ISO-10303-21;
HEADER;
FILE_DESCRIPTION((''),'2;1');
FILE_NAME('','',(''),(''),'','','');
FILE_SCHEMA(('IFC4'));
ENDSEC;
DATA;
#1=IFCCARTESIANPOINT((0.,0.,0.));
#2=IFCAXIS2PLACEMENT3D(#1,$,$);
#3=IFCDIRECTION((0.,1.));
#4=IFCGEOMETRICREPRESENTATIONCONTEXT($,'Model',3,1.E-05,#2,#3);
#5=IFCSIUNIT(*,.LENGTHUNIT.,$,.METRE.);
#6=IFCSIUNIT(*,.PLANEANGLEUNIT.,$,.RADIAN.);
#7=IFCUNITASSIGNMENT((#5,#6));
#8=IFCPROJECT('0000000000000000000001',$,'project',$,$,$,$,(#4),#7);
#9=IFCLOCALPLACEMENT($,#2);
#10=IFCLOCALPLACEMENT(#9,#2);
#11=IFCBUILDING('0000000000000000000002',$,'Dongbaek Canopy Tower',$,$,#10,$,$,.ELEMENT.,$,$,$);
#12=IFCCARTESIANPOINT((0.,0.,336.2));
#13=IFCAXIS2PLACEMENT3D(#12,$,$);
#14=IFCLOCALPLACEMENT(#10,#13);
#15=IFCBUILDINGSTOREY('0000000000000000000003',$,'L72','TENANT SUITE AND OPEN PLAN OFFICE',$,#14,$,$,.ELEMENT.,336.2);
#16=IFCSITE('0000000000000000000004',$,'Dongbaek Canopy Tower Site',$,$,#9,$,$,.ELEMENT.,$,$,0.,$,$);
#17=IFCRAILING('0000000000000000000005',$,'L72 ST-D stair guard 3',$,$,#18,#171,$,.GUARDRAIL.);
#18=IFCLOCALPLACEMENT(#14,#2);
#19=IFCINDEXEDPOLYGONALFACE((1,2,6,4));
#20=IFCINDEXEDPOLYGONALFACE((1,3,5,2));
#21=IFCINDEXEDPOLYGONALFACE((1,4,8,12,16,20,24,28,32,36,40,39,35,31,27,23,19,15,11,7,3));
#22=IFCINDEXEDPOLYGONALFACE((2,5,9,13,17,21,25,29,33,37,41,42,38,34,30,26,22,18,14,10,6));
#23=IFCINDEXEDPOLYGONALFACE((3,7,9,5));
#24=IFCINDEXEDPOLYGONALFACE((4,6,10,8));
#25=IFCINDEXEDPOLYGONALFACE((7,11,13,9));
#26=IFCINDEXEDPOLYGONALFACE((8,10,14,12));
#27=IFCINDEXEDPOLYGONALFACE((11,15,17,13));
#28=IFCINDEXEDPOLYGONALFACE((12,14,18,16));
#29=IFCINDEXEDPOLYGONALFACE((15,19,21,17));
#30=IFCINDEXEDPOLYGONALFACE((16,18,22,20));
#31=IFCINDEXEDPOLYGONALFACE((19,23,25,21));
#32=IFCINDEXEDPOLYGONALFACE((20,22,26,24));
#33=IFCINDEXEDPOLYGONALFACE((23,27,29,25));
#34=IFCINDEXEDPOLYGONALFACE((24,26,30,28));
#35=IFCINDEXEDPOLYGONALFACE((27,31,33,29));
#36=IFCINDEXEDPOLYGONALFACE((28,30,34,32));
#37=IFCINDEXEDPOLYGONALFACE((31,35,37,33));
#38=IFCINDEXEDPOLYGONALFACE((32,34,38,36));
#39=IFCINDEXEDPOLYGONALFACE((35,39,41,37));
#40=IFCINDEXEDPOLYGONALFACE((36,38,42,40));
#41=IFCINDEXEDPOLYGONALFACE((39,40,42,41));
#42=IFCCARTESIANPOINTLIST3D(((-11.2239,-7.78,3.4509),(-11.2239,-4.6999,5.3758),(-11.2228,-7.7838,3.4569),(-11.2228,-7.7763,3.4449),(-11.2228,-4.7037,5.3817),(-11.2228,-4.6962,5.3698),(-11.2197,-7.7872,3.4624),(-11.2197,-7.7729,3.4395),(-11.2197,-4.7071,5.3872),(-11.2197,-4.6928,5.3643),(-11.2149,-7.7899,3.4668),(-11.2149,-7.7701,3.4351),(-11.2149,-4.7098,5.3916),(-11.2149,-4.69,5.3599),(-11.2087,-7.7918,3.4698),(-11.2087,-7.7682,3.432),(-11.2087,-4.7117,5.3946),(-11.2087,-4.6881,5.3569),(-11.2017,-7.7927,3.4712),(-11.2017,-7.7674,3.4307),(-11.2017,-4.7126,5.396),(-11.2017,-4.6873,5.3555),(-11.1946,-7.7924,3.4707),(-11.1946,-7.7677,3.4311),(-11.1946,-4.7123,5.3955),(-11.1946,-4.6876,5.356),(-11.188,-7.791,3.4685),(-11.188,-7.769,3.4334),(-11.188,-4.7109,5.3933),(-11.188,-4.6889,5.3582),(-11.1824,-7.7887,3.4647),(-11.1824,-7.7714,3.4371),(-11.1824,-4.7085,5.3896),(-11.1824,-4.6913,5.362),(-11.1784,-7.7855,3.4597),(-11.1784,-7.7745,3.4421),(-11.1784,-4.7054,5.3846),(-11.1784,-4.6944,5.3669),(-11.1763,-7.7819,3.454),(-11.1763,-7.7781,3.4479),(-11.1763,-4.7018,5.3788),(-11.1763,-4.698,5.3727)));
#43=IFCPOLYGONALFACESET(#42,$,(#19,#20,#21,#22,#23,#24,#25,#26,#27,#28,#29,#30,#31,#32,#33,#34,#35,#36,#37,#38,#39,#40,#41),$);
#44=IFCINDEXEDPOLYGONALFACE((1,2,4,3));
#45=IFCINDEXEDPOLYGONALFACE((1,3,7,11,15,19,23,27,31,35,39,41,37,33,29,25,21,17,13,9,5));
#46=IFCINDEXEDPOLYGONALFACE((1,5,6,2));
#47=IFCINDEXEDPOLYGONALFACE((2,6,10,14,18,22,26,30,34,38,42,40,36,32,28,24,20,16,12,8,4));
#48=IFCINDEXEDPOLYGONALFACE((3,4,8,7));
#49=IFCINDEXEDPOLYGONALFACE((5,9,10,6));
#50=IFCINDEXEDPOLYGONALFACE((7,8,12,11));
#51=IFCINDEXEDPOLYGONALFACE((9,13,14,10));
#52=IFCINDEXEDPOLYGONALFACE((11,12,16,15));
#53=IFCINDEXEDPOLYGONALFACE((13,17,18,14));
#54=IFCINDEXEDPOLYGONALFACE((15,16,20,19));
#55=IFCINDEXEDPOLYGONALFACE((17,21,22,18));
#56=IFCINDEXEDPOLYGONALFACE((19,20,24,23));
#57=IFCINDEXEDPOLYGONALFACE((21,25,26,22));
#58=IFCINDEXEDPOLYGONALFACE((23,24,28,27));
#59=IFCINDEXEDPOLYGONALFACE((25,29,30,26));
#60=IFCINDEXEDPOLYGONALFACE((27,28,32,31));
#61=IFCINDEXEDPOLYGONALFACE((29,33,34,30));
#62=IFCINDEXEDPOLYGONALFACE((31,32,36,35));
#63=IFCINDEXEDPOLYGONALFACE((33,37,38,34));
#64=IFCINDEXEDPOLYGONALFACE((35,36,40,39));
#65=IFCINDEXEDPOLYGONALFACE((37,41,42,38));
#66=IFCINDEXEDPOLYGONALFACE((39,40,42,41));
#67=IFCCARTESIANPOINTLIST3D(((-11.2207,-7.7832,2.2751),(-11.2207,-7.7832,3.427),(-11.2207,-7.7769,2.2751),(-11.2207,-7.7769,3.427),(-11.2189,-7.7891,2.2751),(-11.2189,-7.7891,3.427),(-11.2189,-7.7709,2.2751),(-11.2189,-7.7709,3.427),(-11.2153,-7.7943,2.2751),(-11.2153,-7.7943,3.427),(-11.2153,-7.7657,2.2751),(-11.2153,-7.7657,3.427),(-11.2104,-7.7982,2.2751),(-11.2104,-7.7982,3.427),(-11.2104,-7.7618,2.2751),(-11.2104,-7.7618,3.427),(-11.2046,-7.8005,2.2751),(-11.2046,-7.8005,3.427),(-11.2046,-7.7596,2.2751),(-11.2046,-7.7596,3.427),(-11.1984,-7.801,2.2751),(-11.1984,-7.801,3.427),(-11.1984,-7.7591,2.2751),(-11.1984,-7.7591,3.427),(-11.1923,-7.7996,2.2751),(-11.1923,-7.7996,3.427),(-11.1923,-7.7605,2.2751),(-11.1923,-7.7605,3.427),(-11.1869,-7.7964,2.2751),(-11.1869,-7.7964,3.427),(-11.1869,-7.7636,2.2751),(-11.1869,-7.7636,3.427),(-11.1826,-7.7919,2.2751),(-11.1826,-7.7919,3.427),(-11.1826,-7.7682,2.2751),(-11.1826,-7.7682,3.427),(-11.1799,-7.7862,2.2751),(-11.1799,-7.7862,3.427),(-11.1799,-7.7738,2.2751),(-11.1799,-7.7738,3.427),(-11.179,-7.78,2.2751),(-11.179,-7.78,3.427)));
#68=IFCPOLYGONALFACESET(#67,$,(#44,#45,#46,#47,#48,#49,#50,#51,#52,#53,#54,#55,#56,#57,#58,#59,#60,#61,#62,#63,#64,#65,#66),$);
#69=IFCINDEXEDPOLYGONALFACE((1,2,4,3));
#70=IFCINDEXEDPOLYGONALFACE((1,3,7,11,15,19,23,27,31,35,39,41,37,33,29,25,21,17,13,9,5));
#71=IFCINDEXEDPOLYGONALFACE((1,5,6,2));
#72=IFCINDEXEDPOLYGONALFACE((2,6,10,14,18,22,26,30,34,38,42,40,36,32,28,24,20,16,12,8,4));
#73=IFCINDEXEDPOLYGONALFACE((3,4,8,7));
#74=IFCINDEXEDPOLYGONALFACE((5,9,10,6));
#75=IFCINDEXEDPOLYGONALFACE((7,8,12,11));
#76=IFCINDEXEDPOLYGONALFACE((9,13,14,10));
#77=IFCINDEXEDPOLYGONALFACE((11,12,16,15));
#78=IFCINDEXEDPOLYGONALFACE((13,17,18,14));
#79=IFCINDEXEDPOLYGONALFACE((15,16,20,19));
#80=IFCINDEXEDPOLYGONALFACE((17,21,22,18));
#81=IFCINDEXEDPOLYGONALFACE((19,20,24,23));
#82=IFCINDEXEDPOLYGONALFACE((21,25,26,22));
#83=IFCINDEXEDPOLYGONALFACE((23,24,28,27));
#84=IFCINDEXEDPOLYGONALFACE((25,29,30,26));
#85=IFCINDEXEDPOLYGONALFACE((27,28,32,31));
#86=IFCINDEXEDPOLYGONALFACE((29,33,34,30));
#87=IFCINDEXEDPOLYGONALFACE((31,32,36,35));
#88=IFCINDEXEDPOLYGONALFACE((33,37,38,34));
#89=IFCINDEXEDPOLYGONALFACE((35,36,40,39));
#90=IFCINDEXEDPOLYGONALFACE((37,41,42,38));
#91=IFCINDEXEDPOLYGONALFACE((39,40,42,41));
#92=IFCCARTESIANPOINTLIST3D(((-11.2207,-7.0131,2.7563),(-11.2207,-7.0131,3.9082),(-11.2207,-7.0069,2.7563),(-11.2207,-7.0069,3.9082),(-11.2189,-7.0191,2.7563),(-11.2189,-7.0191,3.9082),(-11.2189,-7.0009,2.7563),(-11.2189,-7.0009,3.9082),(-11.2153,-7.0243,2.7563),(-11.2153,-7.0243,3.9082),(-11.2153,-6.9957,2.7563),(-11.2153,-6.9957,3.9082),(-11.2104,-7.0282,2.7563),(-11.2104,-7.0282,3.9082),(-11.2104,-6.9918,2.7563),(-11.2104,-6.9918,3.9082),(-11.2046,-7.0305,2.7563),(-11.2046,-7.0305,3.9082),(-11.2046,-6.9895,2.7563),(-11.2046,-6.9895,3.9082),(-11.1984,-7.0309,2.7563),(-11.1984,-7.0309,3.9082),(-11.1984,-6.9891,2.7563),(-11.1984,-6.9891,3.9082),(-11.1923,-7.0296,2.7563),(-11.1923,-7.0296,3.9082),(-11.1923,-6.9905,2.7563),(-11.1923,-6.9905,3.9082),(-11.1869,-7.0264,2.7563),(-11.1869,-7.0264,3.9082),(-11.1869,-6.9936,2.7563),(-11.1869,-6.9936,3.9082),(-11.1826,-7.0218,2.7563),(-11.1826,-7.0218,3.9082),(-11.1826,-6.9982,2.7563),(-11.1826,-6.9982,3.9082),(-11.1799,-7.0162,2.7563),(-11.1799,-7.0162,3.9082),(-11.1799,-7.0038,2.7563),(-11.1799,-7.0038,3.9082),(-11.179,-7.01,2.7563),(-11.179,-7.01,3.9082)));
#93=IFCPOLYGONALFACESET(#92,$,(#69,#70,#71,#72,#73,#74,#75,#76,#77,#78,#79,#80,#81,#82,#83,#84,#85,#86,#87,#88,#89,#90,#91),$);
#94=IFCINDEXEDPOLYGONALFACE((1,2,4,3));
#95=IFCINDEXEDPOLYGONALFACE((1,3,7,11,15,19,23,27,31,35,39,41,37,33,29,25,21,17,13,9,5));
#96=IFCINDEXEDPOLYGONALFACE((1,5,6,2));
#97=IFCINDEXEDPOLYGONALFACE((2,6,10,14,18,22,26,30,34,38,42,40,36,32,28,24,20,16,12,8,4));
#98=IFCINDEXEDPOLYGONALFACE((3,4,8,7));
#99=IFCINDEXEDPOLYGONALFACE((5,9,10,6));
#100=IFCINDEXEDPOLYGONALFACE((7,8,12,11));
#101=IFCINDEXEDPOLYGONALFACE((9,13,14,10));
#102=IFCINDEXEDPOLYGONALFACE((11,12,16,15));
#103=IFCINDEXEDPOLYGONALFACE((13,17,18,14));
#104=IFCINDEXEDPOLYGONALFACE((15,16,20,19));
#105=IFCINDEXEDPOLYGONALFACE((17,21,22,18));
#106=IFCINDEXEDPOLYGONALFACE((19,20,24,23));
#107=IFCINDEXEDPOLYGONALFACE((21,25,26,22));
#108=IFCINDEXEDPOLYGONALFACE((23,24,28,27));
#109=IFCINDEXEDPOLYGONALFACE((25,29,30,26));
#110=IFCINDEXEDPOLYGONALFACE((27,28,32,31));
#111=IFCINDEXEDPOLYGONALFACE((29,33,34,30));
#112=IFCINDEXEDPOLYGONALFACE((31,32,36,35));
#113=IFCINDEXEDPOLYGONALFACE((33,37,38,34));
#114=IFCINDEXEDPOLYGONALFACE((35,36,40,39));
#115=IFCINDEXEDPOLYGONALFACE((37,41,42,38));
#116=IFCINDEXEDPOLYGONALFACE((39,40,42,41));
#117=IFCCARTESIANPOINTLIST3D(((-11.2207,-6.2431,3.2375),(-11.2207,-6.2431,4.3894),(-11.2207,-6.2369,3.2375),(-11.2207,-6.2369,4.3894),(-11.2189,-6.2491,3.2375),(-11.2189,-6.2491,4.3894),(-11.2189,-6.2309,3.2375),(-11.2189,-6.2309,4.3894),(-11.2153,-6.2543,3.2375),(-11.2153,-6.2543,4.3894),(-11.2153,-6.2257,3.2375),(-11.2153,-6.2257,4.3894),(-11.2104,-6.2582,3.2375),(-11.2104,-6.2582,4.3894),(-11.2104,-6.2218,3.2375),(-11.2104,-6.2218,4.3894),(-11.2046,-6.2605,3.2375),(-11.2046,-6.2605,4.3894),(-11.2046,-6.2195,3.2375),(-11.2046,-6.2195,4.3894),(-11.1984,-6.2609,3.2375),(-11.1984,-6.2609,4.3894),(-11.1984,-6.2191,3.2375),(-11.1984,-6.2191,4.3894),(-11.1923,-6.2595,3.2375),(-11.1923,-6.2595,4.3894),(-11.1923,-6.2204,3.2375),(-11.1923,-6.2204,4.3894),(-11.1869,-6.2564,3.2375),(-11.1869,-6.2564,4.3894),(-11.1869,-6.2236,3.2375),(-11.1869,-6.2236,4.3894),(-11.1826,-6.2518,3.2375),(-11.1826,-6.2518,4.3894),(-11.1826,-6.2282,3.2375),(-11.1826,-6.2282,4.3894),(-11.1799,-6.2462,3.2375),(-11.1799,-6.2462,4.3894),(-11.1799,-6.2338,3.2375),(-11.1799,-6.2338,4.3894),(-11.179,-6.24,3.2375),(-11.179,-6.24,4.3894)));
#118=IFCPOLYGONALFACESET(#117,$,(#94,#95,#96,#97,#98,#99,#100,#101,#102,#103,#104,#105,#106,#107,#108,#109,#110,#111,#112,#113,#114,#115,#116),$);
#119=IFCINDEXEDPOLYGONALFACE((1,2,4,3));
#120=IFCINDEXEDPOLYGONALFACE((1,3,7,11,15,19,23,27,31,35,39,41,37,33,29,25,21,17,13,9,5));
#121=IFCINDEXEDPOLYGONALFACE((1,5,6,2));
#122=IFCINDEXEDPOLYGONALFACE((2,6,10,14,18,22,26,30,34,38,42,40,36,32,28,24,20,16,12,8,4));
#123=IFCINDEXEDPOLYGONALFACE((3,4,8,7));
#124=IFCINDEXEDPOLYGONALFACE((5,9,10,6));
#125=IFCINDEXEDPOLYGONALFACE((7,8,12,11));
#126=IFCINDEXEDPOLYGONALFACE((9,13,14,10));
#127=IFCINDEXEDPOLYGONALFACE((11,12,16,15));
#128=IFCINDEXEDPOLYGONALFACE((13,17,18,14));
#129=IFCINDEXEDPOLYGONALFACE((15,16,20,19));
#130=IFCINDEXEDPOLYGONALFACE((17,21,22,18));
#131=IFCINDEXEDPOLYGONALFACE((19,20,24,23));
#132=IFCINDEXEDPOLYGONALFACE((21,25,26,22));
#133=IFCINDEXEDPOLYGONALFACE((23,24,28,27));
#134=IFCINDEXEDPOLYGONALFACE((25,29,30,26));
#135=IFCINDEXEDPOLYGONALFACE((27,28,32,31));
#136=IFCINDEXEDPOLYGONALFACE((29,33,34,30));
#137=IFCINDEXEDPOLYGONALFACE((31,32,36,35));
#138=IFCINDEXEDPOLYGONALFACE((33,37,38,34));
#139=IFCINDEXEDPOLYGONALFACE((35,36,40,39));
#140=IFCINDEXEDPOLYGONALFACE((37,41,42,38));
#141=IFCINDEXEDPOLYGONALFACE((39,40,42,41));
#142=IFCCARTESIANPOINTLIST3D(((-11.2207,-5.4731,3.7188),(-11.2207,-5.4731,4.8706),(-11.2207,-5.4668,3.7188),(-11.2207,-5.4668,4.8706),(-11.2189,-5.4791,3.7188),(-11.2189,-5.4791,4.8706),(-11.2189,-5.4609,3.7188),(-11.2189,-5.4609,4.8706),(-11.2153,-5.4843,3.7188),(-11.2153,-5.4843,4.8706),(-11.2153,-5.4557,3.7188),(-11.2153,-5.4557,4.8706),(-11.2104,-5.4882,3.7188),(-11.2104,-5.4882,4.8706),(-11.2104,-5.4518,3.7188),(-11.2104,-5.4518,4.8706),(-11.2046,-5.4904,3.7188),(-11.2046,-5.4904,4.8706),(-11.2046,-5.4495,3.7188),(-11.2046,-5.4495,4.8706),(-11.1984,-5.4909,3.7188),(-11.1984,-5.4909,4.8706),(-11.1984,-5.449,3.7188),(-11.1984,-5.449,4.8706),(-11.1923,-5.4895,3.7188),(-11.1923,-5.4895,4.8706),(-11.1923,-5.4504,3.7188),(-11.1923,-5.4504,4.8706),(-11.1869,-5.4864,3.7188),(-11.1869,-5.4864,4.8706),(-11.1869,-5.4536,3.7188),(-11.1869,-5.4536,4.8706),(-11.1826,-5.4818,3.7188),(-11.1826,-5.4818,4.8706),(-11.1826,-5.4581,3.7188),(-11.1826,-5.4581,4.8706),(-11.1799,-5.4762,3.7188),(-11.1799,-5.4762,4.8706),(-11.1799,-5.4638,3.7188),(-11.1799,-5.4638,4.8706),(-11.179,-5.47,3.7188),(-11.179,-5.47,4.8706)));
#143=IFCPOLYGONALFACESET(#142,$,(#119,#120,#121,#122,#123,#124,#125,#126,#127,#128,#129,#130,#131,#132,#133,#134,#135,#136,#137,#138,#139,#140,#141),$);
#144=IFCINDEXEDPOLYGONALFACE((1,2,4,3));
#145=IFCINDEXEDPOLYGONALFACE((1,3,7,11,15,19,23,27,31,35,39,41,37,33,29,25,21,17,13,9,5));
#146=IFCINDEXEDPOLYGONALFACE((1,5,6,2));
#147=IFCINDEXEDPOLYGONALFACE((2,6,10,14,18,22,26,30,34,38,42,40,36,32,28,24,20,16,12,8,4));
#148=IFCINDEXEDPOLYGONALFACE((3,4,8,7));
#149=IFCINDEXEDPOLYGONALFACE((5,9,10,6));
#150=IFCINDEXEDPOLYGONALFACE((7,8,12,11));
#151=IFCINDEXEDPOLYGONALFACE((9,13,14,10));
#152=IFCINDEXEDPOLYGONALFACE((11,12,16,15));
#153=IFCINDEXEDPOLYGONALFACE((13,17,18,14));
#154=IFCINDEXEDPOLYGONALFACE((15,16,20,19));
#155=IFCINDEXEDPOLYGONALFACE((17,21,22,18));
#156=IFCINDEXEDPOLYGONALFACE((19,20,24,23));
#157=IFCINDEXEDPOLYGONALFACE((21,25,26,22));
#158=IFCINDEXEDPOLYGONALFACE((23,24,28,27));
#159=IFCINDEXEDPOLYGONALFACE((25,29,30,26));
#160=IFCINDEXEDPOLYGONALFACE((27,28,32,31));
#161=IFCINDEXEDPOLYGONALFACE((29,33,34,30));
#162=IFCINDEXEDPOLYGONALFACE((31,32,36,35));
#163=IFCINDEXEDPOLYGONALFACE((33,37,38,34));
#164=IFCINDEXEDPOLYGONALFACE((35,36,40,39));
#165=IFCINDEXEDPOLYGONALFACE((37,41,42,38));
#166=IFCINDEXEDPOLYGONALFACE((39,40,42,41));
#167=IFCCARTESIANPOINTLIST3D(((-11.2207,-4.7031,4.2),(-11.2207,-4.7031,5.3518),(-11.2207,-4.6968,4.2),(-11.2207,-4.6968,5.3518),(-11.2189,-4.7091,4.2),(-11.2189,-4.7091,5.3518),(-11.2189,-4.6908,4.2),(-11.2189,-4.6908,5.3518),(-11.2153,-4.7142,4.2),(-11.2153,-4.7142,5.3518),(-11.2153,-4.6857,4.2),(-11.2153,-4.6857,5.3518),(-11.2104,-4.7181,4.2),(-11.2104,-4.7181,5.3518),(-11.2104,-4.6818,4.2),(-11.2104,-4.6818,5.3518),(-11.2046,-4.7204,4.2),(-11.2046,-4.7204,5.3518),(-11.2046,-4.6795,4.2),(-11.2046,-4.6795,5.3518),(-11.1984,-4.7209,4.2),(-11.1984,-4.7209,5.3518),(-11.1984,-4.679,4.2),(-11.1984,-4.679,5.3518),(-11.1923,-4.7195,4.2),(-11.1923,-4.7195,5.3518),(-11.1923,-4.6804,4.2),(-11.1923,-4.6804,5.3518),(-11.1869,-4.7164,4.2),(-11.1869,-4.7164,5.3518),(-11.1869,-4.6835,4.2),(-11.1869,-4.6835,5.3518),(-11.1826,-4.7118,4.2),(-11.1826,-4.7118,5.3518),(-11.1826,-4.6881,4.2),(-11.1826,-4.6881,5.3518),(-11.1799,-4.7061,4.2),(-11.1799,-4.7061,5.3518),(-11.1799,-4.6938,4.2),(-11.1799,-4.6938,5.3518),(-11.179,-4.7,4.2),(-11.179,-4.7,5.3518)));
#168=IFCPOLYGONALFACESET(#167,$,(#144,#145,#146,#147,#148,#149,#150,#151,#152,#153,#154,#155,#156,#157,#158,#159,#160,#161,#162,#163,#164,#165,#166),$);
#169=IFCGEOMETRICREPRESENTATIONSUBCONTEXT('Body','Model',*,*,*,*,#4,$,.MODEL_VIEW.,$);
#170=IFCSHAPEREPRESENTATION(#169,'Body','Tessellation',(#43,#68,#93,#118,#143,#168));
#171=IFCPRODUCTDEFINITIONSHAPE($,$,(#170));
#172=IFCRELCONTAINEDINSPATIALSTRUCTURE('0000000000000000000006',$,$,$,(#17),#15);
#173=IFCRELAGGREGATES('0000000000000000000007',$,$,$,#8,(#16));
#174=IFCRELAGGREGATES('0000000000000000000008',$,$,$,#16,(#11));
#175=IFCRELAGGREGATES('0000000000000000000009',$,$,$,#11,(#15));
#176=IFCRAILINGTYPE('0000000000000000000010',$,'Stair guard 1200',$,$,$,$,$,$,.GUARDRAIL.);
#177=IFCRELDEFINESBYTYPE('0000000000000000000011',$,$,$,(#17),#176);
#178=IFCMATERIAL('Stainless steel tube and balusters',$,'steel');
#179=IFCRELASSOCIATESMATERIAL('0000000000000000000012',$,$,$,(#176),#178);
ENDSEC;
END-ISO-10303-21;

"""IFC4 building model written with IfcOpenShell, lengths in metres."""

from ifc_helpers import new_model, si_unit, direction, frame, origin, origin_2d, place, context, subcontext, project, spatial, circle, extrude, material, type_object, element, save


model = new_model("IFC4")

# Units and contexts
model_context = context("Model", 3, precision=1e-05, world=origin(), true_north=direction((0.0, 1.0)))
body_context = subcontext(model_context, "Body", "Model", "MODEL_VIEW")
ifc_project = project(units=[si_unit("LENGTHUNIT", "METRE"), si_unit("PLANEANGLEUNIT", "RADIAN")], contexts=[model_context])

# Site, building, storey
site_placement = place(None, origin())
site = spatial("IfcSite", under=ifc_project, at=site_placement, Name="Dongbaek Canopy Tower Site", CompositionType="ELEMENT", RefElevation=0.0)
building_placement = place(site_placement, origin())
building = spatial("IfcBuilding", under=site, at=building_placement, Name="Dongbaek Canopy Tower", CompositionType="ELEMENT")
storey_placement = place(building_placement, frame((0.0, 0.0, 336.2)))
storey = spatial("IfcBuildingStorey", under=building, at=storey_placement, Name="L72", Description="TENANT SUITE AND OPEN PLAN OFFICE", CompositionType="ELEMENT", Elevation=336.2)

# Railing
ifc_material_1 = material(Name="Stainless steel tube and balusters", Category="steel")
railing_type_1 = type_object("IfcRailingType", Name="Stair guard 1200", PredefinedType="GUARDRAIL", material=ifc_material_1)
railing_1_placement = place(storey_placement, frame((-11.2, -7.78, 2.2751)))
element("IfcRailing", 1, at=railing_1_placement, inside=storey, type_object=railing_type_1, Name="L72 ST-D stair guard 3", PredefinedType="GUARDRAIL", context=body_context, shape_type="SweptSolid", body=[
    extrude(circle(Radius=0.0239, at=origin_2d()), frame((0.0, 0.0, 1.1758), z_axis=(0.0, 0.848029, 0.529951), x_axis=(-1.0, 0.0, 0.0)), (0.0, 0.0, 1.0), 3.6321),
    extrude(circle(Radius=0.021, at=origin_2d()), origin(), (0.0, 0.0, 1.0), 1.1519),
    extrude(circle(Radius=0.021, at=origin_2d()), frame((0.0, 0.77, 0.4812)), (0.0, 0.0, 1.0), 1.1519),
    extrude(circle(Radius=0.021, at=origin_2d()), frame((0.0, 1.54, 0.9624)), (0.0, 0.0, 1.0), 1.1519),
    extrude(circle(Radius=0.021, at=origin_2d()), frame((0.0, 2.3101, 1.4436)), (0.0, 0.0, 1.0), 1.1519),
    extrude(circle(Radius=0.021, at=origin_2d()), frame((0.0, 3.0801, 1.9248)), (0.0, 0.0, 1.0), 1.1519),
])

save(model, "model.ifc")
